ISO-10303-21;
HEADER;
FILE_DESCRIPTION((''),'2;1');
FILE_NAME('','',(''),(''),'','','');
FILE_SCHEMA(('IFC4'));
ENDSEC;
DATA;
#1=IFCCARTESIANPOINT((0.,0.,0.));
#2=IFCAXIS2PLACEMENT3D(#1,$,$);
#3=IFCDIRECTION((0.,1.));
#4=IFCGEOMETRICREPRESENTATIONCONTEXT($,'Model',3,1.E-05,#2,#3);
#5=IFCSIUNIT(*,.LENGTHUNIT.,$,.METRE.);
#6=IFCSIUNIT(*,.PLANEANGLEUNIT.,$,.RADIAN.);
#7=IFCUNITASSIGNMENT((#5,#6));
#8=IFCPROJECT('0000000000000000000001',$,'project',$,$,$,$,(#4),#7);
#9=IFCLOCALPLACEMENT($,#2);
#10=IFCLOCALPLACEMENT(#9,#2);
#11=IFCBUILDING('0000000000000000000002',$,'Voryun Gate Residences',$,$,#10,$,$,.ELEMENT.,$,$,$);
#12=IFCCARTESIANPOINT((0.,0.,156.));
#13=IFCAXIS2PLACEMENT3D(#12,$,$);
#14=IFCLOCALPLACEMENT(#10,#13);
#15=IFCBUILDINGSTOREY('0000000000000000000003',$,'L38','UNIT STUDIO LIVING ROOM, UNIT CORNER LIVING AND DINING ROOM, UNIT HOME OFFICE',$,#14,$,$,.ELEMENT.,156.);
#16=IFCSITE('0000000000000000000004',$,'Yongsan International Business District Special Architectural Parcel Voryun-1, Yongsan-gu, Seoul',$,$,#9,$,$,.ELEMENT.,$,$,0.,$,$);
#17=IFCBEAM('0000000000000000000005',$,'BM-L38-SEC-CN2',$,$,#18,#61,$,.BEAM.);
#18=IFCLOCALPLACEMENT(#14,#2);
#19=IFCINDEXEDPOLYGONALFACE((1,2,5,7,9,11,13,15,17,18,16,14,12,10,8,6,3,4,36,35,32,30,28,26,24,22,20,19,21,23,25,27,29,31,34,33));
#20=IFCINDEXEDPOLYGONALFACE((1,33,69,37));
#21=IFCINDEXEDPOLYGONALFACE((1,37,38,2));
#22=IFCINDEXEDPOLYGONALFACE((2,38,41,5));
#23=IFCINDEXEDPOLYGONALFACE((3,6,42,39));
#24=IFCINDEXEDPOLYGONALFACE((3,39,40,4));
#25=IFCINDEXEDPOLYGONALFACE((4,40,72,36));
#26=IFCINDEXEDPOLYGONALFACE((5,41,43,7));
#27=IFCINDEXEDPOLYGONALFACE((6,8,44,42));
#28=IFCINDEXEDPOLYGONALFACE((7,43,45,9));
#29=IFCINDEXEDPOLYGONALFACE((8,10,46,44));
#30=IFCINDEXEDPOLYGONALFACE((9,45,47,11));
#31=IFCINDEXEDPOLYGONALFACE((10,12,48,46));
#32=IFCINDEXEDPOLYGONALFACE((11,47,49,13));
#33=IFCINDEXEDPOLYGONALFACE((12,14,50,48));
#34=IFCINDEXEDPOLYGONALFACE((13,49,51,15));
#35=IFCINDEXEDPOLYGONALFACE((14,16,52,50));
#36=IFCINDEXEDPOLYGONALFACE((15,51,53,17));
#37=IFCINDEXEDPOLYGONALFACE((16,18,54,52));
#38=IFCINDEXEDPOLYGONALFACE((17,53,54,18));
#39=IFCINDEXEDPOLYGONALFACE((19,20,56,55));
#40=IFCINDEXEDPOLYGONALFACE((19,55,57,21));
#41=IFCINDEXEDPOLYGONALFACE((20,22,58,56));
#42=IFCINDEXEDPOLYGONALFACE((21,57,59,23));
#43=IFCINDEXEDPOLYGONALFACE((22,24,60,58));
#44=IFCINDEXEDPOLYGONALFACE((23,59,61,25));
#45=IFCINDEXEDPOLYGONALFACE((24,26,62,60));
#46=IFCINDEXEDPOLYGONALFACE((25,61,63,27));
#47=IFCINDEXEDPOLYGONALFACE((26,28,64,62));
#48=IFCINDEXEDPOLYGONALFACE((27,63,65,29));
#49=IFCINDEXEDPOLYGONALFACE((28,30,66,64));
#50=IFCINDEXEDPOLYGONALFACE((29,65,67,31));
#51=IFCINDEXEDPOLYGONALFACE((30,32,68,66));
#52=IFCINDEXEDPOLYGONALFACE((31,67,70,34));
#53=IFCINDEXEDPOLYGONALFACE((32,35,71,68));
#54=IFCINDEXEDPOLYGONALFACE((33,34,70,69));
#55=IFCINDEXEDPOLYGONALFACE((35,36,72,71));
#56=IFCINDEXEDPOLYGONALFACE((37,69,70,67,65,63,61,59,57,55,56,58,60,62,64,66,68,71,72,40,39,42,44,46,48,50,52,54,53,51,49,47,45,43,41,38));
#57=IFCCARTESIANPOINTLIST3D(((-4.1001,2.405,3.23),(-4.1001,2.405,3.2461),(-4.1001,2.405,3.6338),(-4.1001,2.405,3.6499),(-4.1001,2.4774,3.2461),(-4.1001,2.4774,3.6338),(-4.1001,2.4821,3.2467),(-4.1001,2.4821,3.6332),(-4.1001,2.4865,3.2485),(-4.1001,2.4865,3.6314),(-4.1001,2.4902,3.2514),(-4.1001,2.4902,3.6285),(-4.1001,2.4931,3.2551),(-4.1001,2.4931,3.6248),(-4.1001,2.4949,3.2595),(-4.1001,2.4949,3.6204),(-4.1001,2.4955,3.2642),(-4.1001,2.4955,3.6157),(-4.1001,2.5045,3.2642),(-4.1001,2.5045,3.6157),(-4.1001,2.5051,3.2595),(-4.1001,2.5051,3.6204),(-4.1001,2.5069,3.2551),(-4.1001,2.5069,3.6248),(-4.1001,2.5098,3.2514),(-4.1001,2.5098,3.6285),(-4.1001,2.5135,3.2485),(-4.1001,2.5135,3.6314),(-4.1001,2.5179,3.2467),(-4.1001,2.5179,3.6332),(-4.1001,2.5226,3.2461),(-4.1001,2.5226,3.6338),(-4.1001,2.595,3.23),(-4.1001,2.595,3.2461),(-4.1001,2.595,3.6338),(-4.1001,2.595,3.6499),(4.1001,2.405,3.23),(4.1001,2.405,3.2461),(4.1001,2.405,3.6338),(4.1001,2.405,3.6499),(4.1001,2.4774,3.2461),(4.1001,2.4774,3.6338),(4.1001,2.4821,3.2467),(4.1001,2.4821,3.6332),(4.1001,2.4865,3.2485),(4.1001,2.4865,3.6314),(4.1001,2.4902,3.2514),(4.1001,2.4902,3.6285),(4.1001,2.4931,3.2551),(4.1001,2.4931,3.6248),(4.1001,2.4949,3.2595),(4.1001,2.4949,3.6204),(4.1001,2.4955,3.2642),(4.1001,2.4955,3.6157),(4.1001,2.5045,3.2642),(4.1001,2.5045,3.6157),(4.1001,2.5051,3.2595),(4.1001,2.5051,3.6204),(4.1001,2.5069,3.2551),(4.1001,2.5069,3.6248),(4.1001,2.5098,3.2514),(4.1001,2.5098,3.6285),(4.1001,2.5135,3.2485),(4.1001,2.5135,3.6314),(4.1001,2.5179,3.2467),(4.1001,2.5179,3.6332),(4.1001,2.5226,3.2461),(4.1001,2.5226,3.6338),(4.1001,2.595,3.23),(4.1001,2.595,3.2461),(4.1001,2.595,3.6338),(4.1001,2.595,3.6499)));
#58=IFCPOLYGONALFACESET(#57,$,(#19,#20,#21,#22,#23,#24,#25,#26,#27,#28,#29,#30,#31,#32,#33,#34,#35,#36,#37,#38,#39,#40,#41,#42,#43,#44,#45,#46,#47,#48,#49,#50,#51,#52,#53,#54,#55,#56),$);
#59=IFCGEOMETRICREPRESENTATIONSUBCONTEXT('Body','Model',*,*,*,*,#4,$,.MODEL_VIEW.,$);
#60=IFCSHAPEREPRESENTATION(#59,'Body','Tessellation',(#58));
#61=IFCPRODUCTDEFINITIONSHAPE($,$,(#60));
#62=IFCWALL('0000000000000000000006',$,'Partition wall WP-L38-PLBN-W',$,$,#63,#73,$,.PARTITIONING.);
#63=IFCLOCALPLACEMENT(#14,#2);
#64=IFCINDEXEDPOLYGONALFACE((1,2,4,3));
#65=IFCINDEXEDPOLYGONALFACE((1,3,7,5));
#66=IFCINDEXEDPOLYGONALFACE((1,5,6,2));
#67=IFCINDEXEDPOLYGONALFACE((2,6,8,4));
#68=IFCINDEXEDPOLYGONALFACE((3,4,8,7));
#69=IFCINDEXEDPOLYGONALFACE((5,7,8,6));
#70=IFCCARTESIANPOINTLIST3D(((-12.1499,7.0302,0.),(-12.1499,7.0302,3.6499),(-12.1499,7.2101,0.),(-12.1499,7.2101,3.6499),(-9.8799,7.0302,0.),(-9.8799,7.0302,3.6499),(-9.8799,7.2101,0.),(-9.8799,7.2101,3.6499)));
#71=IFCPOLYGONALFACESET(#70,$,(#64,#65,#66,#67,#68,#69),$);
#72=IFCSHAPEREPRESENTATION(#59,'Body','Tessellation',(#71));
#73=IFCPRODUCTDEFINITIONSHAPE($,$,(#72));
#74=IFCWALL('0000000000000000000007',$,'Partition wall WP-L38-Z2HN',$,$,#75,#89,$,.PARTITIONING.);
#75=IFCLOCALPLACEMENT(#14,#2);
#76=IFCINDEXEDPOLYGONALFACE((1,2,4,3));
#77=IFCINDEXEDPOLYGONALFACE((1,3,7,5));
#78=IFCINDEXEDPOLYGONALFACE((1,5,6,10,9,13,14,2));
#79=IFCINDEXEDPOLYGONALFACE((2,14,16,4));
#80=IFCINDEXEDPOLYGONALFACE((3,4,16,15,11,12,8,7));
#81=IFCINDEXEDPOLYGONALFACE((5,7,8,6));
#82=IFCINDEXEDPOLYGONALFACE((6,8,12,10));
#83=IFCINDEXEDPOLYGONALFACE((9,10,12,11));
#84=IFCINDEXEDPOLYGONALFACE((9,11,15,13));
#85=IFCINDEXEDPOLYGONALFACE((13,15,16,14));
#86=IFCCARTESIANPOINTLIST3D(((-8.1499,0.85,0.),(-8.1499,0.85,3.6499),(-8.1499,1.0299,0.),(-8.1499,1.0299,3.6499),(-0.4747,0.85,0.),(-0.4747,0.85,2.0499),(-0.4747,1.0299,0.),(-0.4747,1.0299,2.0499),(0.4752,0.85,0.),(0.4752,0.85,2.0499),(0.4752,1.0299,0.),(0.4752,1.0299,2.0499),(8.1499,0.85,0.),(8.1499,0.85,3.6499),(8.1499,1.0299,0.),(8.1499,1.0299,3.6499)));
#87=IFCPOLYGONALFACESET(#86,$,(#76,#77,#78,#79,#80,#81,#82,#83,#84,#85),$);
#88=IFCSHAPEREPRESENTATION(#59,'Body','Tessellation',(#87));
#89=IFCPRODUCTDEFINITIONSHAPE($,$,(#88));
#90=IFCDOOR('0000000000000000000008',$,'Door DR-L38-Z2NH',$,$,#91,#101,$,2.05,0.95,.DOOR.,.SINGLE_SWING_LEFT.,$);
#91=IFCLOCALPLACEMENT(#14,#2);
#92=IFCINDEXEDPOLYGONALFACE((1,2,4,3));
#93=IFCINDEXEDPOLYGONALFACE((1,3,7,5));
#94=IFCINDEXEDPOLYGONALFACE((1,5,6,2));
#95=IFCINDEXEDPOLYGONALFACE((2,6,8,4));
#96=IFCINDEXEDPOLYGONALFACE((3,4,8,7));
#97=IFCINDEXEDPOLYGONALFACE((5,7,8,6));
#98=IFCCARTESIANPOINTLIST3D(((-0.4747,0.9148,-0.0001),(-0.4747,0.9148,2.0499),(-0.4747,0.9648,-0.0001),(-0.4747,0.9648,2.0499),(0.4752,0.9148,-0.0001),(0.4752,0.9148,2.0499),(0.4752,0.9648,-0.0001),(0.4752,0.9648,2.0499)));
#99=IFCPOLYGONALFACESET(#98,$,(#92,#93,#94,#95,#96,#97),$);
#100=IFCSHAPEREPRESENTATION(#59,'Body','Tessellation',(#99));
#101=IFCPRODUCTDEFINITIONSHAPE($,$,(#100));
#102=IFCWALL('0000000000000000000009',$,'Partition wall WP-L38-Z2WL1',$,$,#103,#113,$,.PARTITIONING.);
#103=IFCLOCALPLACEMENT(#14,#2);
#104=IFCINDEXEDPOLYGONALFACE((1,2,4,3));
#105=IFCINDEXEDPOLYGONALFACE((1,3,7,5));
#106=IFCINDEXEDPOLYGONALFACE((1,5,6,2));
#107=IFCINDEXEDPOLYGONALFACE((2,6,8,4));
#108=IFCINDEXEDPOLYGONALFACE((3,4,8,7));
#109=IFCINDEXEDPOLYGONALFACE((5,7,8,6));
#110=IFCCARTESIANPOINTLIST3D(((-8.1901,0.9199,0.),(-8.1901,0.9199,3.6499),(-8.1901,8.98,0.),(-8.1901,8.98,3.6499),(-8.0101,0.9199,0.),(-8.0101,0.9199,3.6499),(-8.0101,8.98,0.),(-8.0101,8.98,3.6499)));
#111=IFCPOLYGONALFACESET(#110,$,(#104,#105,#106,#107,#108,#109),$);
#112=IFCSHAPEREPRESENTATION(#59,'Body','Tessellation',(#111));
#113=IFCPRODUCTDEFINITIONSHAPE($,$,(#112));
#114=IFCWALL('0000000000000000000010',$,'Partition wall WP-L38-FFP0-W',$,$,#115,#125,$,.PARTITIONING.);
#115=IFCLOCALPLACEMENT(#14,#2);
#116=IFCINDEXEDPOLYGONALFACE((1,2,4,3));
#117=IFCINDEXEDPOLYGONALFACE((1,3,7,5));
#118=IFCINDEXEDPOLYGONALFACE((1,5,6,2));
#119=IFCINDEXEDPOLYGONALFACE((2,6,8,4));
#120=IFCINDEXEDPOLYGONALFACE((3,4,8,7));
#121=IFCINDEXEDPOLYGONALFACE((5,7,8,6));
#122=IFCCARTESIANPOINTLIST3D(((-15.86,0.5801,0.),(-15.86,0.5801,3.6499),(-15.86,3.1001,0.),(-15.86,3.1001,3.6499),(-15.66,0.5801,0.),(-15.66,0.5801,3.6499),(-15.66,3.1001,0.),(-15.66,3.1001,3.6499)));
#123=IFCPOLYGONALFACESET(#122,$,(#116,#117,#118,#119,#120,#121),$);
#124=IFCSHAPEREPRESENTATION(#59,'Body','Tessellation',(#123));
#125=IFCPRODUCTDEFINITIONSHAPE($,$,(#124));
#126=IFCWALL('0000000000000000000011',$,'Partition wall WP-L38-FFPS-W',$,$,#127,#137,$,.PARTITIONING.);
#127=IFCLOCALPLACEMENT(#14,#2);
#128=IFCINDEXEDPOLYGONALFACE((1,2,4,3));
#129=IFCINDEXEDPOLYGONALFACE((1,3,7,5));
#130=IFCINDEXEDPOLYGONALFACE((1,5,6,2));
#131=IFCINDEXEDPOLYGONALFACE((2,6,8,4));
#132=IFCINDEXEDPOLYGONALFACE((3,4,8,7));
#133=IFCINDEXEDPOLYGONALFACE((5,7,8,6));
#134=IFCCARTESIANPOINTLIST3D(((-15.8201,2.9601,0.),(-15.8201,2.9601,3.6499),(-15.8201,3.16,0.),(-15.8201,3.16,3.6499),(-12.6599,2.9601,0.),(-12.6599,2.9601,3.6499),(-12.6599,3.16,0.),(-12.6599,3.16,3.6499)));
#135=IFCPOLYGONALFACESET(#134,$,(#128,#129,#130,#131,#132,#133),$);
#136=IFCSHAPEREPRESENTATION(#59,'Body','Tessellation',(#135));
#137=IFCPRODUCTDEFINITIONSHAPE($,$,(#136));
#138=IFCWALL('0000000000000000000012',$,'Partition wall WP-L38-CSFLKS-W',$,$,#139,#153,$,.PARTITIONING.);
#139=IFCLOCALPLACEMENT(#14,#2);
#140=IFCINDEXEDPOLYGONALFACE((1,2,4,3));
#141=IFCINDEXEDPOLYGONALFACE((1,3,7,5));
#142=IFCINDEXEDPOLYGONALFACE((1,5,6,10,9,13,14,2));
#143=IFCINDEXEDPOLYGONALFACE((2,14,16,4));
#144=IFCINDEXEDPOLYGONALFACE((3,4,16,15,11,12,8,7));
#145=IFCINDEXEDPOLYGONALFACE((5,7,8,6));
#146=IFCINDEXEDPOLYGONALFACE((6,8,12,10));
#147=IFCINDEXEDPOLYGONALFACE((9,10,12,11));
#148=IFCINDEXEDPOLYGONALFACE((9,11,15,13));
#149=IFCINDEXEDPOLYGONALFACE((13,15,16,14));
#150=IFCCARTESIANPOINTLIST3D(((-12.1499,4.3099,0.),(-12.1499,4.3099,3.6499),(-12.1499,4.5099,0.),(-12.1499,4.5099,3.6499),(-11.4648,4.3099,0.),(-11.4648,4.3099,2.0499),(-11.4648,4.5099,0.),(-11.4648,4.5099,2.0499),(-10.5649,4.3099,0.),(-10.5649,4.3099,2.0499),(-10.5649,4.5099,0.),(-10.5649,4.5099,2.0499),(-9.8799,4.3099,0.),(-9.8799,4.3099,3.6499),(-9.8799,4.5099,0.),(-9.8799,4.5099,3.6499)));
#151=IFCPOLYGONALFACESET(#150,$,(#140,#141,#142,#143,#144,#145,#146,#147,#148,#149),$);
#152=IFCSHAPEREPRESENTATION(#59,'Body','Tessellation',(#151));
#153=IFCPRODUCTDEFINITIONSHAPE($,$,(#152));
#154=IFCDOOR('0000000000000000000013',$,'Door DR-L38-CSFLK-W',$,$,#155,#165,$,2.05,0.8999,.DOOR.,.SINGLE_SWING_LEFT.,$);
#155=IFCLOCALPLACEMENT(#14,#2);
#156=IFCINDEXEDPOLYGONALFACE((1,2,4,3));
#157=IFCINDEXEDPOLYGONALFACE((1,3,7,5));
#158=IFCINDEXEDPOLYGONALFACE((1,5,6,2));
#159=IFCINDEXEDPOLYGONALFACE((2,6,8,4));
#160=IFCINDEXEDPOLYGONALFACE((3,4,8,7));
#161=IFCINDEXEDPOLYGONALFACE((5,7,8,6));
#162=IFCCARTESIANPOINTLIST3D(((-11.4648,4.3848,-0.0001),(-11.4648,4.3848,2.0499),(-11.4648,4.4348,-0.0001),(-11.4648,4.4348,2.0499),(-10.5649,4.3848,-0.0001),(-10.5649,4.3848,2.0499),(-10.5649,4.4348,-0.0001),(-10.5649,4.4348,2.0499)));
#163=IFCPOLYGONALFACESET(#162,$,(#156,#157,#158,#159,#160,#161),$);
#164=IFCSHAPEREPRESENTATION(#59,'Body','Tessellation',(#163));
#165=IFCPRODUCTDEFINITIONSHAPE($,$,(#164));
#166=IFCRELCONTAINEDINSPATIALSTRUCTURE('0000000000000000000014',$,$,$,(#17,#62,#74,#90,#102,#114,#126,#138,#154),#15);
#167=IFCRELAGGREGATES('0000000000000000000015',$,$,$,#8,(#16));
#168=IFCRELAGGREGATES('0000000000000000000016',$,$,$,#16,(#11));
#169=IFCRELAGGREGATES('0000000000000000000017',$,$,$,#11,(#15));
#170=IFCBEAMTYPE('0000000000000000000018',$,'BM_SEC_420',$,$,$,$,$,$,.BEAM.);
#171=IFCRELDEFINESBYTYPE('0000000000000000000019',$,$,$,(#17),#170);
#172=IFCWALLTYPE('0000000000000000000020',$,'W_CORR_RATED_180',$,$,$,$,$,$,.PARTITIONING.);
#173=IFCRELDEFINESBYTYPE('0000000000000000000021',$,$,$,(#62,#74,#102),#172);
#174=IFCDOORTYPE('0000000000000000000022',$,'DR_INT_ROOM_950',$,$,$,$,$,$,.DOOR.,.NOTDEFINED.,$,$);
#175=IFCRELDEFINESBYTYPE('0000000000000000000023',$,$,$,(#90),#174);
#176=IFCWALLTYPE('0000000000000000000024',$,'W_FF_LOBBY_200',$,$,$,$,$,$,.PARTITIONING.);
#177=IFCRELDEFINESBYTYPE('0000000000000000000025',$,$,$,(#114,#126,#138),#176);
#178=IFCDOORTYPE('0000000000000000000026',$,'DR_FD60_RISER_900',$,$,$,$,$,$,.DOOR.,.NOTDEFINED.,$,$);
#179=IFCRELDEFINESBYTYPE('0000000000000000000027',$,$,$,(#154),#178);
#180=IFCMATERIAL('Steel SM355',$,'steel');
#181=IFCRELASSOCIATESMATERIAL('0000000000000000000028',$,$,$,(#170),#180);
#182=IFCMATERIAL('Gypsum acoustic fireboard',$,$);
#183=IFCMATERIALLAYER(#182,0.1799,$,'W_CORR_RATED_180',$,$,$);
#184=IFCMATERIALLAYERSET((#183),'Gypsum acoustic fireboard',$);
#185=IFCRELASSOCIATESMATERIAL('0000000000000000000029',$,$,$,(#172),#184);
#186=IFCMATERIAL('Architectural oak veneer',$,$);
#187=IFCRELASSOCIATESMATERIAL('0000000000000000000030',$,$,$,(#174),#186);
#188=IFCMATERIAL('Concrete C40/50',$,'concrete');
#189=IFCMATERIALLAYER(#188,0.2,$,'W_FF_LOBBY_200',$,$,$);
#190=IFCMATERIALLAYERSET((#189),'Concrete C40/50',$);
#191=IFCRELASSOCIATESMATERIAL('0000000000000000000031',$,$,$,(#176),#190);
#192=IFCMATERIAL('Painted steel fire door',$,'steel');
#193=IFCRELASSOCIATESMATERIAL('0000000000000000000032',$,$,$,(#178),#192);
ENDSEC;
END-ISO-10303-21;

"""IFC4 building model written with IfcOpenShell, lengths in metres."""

from ifc_helpers import new_model, si_unit, direction, frame, frame_2d, origin, origin_2d, place, context, subcontext, project, spatial, rectangle, i_section, extrude, material, layer, layer_set, material_profile, profile_set, type_object, element, fill, save


model = new_model("IFC4")

# Units and contexts
model_context = context("Model", 3, precision=1e-05, world=origin(), true_north=direction((0.0, 1.0)))
body_context = subcontext(model_context, "Body", "Model", "MODEL_VIEW")
ifc_project = project(units=[si_unit("LENGTHUNIT", "METRE"), si_unit("PLANEANGLEUNIT", "RADIAN")], contexts=[model_context])

# Site, building, storey
site_placement = place(None, origin())
site = spatial("IfcSite", under=ifc_project, at=site_placement, Name="Yongsan International Business District Special Architectural Parcel Voryun-1, Yongsan-gu, Seoul", CompositionType="ELEMENT", RefElevation=0.0)
building_placement = place(site_placement, origin())
building = spatial("IfcBuilding", under=site, at=building_placement, Name="Voryun Gate Residences", CompositionType="ELEMENT")
storey_placement = place(building_placement, frame((0.0, 0.0, 156.0)))
storey = spatial("IfcBuildingStorey", under=building, at=storey_placement, Name="L38", Description="UNIT STUDIO LIVING ROOM, UNIT CORNER LIVING AND DINING ROOM, UNIT HOME OFFICE", CompositionType="ELEMENT", Elevation=156.0)

# Beam
ifc_material_1 = material(Name="Steel SM355", Category="steel")
ifc_material_profile_1 = material_profile(ifc_material_1, i_section(OverallWidth=0.1899, OverallDepth=0.4199, WebThickness=0.009, FlangeThickness=0.0161, FilletRadius=0.0181, at=origin_2d()), Name="H-420x190x9x16")
ifc_profile_set_1 = profile_set([ifc_material_profile_1], Name="Steel SM355")
beam_type = type_object("IfcBeamType", Name="BM_SEC_420", PredefinedType="BEAM", material=ifc_profile_set_1)
beam_1_placement = place(storey_placement, frame((-4.1001, 2.5, 3.4399), z_axis=(1.0, 0.0, 0.0), x_axis=(0.0, 1.0, 0.0)))
element("IfcBeam", 1, at=beam_1_placement, inside=storey, type_object=beam_type, Name="BM-L38-SEC-CN2", PredefinedType="BEAM", context=body_context, shape_type="SweptSolid", body=[
    extrude(i_section(OverallWidth=0.1899, OverallDepth=0.4199, WebThickness=0.009, FlangeThickness=0.0161, FilletRadius=0.0181, at=origin_2d()), origin(), (0.0, 0.0, 1.0), 8.2002),
])

# Wall
ifc_material_2 = material(Name="Gypsum acoustic fireboard")
ifc_layer_1 = layer(ifc_material_2, 0.1799, Name="W_CORR_RATED_180")
ifc_layer_set_1 = layer_set([ifc_layer_1], Name="Gypsum acoustic fireboard")
wall_type_1 = type_object("IfcWallType", Name="W_CORR_RATED_180", PredefinedType="PARTITIONING", material=ifc_layer_set_1)
wall_1_placement = place(storey_placement, frame((-12.1499, 7.1201, 0.0), z_axis=(0.0, 0.0, 1.0), x_axis=(1.0, 0.0, 0.0)))
element("IfcWall", 2, at=wall_1_placement, inside=storey, type_object=wall_type_1, Name="Partition wall WP-L38-PLBN-W", PredefinedType="PARTITIONING", context=body_context, shape_type="SweptSolid", body=[
    extrude(rectangle(XDim=2.27, YDim=0.1799, at=frame_2d((1.135, 0.0))), origin(), (0.0, 0.0, 1.0), 3.6499),
])

# Wall, opening, door
wall_2_placement = place(storey_placement, frame((-8.1499, 0.9399, 0.0), z_axis=(0.0, 0.0, 1.0), x_axis=(1.0, 0.0, 0.0)))
wall_2 = element("IfcWall", 3, at=wall_2_placement, inside=storey, type_object=wall_type_1, Name="Partition wall WP-L38-Z2HN", PredefinedType="PARTITIONING", context=body_context, shape_type="SweptSolid", body=[
    extrude(rectangle(XDim=16.2998, YDim=0.1799, at=frame_2d((8.1499, 0.0))), origin(), (0.0, 0.0, 1.0), 3.6499),
])
opening_1_placement = place(wall_2_placement, frame((7.675, 0.0, 0.0)))
opening_1 = element("IfcOpeningElement", 4, at=opening_1_placement, cuts=wall_2, PredefinedType="OPENING", context=body_context, shape_type="SweptSolid", body=[
    extrude(rectangle(XDim=0.95, YDim=2.05, at=frame_2d((0.4751, 1.0249))), frame((0.0, 0.0999, 0.0), z_axis=(0.0, -1.0, 0.0), x_axis=(1.0, 0.0, 0.0)), (0.0, 0.0, 1.0), 0.2),
])
ifc_material_3 = material(Name="Architectural oak veneer")
door_type_1 = type_object("IfcDoorType", Name="DR_INT_ROOM_950", OperationType="NOTDEFINED", PredefinedType="DOOR", material=ifc_material_3)
door_1_placement = place(opening_1_placement, origin())
door_1 = element("IfcDoor", 5, at=door_1_placement, inside=storey, type_object=door_type_1, Name="Door DR-L38-Z2NH", OperationType="SINGLE_SWING_LEFT", OverallHeight=2.05, OverallWidth=0.95, PredefinedType="DOOR", context=body_context, shape_type="SweptSolid", body=[
    extrude(rectangle(XDim=0.95, YDim=2.05, at=frame_2d((0.4751, 1.0249))), frame((0.0, 0.0249, 0.0), z_axis=(0.0, -1.0, 0.0), x_axis=(1.0, 0.0, 0.0)), (0.0, 0.0, 1.0), 0.05),
])
fill(opening_1, door_1)

# Walls
wall_3_placement = place(storey_placement, frame((-8.1001, 0.9199, 0.0), z_axis=(0.0, 0.0, 1.0), x_axis=(0.0, 1.0, 0.0)))
element("IfcWall", 6, at=wall_3_placement, inside=storey, type_object=wall_type_1, Name="Partition wall WP-L38-Z2WL1", PredefinedType="PARTITIONING", context=body_context, shape_type="SweptSolid", body=[
    extrude(rectangle(XDim=8.0601, YDim=0.1799, at=frame_2d((4.03, 0.0))), origin(), (0.0, 0.0, 1.0), 3.6499),
])
ifc_material_4 = material(Name="Concrete C40/50", Category="concrete")
ifc_layer_2 = layer(ifc_material_4, 0.2, Name="W_FF_LOBBY_200")
ifc_layer_set_2 = layer_set([ifc_layer_2], Name="Concrete C40/50")
wall_type_2 = type_object("IfcWallType", Name="W_FF_LOBBY_200", PredefinedType="PARTITIONING", material=ifc_layer_set_2)
wall_4_placement = place(storey_placement, frame((-15.76, 0.5801, 0.0), z_axis=(0.0, 0.0, 1.0), x_axis=(0.0, 1.0, 0.0)))
element("IfcWall", 7, at=wall_4_placement, inside=storey, type_object=wall_type_2, Name="Partition wall WP-L38-FFP0-W", PredefinedType="PARTITIONING", context=body_context, shape_type="SweptSolid", body=[
    extrude(rectangle(XDim=2.52, YDim=0.2, at=frame_2d((1.26, 0.0))), origin(), (0.0, 0.0, 1.0), 3.6499),
])
wall_5_placement = place(storey_placement, frame((-15.8201, 3.0601, 0.0), z_axis=(0.0, 0.0, 1.0), x_axis=(1.0, 0.0, 0.0)))
element("IfcWall", 8, at=wall_5_placement, inside=storey, type_object=wall_type_2, Name="Partition wall WP-L38-FFPS-W", PredefinedType="PARTITIONING", context=body_context, shape_type="SweptSolid", body=[
    extrude(rectangle(XDim=3.1602, YDim=0.2, at=frame_2d((1.5801, 0.0))), origin(), (0.0, 0.0, 1.0), 3.6499),
])

# Wall, opening, door
wall_6_placement = place(storey_placement, frame((-12.1499, 4.4099, 0.0), z_axis=(0.0, 0.0, 1.0), x_axis=(1.0, 0.0, 0.0)))
wall_6 = element("IfcWall", 9, at=wall_6_placement, inside=storey, type_object=wall_type_2, Name="Partition wall WP-L38-CSFLKS-W", PredefinedType="PARTITIONING", context=body_context, shape_type="SweptSolid", body=[
    extrude(rectangle(XDim=2.27, YDim=0.2, at=frame_2d((1.135, 0.0))), origin(), (0.0, 0.0, 1.0), 3.6499),
])
opening_2_placement = place(wall_6_placement, frame((0.6851, 0.0, 0.0)))
opening_2 = element("IfcOpeningElement", 10, at=opening_2_placement, cuts=wall_6, PredefinedType="OPENING", context=body_context, shape_type="SweptSolid", body=[
    extrude(rectangle(XDim=0.8999, YDim=2.05, at=frame_2d((0.45, 1.0249))), frame((0.0, 0.1101, 0.0), z_axis=(0.0, -1.0, 0.0), x_axis=(1.0, 0.0, 0.0)), (0.0, 0.0, 1.0), 0.22),
])
ifc_material_5 = material(Name="Painted steel fire door", Category="steel")
door_type_2 = type_object("IfcDoorType", Name="DR_FD60_RISER_900", OperationType="NOTDEFINED", PredefinedType="DOOR", material=ifc_material_5)
door_2_placement = place(opening_2_placement, origin())
door_2 = element("IfcDoor", 11, at=door_2_placement, inside=storey, type_object=door_type_2, Name="Door DR-L38-CSFLK-W", OperationType="SINGLE_SWING_LEFT", OverallHeight=2.05, OverallWidth=0.8999, PredefinedType="DOOR", context=body_context, shape_type="SweptSolid", body=[
    extrude(rectangle(XDim=0.8999, YDim=2.05, at=frame_2d((0.45, 1.0249))), frame((0.0, 0.0249, 0.0), z_axis=(0.0, -1.0, 0.0), x_axis=(1.0, 0.0, 0.0)), (0.0, 0.0, 1.0), 0.05),
])
fill(opening_2, door_2)

save(model, "model.ifc")
